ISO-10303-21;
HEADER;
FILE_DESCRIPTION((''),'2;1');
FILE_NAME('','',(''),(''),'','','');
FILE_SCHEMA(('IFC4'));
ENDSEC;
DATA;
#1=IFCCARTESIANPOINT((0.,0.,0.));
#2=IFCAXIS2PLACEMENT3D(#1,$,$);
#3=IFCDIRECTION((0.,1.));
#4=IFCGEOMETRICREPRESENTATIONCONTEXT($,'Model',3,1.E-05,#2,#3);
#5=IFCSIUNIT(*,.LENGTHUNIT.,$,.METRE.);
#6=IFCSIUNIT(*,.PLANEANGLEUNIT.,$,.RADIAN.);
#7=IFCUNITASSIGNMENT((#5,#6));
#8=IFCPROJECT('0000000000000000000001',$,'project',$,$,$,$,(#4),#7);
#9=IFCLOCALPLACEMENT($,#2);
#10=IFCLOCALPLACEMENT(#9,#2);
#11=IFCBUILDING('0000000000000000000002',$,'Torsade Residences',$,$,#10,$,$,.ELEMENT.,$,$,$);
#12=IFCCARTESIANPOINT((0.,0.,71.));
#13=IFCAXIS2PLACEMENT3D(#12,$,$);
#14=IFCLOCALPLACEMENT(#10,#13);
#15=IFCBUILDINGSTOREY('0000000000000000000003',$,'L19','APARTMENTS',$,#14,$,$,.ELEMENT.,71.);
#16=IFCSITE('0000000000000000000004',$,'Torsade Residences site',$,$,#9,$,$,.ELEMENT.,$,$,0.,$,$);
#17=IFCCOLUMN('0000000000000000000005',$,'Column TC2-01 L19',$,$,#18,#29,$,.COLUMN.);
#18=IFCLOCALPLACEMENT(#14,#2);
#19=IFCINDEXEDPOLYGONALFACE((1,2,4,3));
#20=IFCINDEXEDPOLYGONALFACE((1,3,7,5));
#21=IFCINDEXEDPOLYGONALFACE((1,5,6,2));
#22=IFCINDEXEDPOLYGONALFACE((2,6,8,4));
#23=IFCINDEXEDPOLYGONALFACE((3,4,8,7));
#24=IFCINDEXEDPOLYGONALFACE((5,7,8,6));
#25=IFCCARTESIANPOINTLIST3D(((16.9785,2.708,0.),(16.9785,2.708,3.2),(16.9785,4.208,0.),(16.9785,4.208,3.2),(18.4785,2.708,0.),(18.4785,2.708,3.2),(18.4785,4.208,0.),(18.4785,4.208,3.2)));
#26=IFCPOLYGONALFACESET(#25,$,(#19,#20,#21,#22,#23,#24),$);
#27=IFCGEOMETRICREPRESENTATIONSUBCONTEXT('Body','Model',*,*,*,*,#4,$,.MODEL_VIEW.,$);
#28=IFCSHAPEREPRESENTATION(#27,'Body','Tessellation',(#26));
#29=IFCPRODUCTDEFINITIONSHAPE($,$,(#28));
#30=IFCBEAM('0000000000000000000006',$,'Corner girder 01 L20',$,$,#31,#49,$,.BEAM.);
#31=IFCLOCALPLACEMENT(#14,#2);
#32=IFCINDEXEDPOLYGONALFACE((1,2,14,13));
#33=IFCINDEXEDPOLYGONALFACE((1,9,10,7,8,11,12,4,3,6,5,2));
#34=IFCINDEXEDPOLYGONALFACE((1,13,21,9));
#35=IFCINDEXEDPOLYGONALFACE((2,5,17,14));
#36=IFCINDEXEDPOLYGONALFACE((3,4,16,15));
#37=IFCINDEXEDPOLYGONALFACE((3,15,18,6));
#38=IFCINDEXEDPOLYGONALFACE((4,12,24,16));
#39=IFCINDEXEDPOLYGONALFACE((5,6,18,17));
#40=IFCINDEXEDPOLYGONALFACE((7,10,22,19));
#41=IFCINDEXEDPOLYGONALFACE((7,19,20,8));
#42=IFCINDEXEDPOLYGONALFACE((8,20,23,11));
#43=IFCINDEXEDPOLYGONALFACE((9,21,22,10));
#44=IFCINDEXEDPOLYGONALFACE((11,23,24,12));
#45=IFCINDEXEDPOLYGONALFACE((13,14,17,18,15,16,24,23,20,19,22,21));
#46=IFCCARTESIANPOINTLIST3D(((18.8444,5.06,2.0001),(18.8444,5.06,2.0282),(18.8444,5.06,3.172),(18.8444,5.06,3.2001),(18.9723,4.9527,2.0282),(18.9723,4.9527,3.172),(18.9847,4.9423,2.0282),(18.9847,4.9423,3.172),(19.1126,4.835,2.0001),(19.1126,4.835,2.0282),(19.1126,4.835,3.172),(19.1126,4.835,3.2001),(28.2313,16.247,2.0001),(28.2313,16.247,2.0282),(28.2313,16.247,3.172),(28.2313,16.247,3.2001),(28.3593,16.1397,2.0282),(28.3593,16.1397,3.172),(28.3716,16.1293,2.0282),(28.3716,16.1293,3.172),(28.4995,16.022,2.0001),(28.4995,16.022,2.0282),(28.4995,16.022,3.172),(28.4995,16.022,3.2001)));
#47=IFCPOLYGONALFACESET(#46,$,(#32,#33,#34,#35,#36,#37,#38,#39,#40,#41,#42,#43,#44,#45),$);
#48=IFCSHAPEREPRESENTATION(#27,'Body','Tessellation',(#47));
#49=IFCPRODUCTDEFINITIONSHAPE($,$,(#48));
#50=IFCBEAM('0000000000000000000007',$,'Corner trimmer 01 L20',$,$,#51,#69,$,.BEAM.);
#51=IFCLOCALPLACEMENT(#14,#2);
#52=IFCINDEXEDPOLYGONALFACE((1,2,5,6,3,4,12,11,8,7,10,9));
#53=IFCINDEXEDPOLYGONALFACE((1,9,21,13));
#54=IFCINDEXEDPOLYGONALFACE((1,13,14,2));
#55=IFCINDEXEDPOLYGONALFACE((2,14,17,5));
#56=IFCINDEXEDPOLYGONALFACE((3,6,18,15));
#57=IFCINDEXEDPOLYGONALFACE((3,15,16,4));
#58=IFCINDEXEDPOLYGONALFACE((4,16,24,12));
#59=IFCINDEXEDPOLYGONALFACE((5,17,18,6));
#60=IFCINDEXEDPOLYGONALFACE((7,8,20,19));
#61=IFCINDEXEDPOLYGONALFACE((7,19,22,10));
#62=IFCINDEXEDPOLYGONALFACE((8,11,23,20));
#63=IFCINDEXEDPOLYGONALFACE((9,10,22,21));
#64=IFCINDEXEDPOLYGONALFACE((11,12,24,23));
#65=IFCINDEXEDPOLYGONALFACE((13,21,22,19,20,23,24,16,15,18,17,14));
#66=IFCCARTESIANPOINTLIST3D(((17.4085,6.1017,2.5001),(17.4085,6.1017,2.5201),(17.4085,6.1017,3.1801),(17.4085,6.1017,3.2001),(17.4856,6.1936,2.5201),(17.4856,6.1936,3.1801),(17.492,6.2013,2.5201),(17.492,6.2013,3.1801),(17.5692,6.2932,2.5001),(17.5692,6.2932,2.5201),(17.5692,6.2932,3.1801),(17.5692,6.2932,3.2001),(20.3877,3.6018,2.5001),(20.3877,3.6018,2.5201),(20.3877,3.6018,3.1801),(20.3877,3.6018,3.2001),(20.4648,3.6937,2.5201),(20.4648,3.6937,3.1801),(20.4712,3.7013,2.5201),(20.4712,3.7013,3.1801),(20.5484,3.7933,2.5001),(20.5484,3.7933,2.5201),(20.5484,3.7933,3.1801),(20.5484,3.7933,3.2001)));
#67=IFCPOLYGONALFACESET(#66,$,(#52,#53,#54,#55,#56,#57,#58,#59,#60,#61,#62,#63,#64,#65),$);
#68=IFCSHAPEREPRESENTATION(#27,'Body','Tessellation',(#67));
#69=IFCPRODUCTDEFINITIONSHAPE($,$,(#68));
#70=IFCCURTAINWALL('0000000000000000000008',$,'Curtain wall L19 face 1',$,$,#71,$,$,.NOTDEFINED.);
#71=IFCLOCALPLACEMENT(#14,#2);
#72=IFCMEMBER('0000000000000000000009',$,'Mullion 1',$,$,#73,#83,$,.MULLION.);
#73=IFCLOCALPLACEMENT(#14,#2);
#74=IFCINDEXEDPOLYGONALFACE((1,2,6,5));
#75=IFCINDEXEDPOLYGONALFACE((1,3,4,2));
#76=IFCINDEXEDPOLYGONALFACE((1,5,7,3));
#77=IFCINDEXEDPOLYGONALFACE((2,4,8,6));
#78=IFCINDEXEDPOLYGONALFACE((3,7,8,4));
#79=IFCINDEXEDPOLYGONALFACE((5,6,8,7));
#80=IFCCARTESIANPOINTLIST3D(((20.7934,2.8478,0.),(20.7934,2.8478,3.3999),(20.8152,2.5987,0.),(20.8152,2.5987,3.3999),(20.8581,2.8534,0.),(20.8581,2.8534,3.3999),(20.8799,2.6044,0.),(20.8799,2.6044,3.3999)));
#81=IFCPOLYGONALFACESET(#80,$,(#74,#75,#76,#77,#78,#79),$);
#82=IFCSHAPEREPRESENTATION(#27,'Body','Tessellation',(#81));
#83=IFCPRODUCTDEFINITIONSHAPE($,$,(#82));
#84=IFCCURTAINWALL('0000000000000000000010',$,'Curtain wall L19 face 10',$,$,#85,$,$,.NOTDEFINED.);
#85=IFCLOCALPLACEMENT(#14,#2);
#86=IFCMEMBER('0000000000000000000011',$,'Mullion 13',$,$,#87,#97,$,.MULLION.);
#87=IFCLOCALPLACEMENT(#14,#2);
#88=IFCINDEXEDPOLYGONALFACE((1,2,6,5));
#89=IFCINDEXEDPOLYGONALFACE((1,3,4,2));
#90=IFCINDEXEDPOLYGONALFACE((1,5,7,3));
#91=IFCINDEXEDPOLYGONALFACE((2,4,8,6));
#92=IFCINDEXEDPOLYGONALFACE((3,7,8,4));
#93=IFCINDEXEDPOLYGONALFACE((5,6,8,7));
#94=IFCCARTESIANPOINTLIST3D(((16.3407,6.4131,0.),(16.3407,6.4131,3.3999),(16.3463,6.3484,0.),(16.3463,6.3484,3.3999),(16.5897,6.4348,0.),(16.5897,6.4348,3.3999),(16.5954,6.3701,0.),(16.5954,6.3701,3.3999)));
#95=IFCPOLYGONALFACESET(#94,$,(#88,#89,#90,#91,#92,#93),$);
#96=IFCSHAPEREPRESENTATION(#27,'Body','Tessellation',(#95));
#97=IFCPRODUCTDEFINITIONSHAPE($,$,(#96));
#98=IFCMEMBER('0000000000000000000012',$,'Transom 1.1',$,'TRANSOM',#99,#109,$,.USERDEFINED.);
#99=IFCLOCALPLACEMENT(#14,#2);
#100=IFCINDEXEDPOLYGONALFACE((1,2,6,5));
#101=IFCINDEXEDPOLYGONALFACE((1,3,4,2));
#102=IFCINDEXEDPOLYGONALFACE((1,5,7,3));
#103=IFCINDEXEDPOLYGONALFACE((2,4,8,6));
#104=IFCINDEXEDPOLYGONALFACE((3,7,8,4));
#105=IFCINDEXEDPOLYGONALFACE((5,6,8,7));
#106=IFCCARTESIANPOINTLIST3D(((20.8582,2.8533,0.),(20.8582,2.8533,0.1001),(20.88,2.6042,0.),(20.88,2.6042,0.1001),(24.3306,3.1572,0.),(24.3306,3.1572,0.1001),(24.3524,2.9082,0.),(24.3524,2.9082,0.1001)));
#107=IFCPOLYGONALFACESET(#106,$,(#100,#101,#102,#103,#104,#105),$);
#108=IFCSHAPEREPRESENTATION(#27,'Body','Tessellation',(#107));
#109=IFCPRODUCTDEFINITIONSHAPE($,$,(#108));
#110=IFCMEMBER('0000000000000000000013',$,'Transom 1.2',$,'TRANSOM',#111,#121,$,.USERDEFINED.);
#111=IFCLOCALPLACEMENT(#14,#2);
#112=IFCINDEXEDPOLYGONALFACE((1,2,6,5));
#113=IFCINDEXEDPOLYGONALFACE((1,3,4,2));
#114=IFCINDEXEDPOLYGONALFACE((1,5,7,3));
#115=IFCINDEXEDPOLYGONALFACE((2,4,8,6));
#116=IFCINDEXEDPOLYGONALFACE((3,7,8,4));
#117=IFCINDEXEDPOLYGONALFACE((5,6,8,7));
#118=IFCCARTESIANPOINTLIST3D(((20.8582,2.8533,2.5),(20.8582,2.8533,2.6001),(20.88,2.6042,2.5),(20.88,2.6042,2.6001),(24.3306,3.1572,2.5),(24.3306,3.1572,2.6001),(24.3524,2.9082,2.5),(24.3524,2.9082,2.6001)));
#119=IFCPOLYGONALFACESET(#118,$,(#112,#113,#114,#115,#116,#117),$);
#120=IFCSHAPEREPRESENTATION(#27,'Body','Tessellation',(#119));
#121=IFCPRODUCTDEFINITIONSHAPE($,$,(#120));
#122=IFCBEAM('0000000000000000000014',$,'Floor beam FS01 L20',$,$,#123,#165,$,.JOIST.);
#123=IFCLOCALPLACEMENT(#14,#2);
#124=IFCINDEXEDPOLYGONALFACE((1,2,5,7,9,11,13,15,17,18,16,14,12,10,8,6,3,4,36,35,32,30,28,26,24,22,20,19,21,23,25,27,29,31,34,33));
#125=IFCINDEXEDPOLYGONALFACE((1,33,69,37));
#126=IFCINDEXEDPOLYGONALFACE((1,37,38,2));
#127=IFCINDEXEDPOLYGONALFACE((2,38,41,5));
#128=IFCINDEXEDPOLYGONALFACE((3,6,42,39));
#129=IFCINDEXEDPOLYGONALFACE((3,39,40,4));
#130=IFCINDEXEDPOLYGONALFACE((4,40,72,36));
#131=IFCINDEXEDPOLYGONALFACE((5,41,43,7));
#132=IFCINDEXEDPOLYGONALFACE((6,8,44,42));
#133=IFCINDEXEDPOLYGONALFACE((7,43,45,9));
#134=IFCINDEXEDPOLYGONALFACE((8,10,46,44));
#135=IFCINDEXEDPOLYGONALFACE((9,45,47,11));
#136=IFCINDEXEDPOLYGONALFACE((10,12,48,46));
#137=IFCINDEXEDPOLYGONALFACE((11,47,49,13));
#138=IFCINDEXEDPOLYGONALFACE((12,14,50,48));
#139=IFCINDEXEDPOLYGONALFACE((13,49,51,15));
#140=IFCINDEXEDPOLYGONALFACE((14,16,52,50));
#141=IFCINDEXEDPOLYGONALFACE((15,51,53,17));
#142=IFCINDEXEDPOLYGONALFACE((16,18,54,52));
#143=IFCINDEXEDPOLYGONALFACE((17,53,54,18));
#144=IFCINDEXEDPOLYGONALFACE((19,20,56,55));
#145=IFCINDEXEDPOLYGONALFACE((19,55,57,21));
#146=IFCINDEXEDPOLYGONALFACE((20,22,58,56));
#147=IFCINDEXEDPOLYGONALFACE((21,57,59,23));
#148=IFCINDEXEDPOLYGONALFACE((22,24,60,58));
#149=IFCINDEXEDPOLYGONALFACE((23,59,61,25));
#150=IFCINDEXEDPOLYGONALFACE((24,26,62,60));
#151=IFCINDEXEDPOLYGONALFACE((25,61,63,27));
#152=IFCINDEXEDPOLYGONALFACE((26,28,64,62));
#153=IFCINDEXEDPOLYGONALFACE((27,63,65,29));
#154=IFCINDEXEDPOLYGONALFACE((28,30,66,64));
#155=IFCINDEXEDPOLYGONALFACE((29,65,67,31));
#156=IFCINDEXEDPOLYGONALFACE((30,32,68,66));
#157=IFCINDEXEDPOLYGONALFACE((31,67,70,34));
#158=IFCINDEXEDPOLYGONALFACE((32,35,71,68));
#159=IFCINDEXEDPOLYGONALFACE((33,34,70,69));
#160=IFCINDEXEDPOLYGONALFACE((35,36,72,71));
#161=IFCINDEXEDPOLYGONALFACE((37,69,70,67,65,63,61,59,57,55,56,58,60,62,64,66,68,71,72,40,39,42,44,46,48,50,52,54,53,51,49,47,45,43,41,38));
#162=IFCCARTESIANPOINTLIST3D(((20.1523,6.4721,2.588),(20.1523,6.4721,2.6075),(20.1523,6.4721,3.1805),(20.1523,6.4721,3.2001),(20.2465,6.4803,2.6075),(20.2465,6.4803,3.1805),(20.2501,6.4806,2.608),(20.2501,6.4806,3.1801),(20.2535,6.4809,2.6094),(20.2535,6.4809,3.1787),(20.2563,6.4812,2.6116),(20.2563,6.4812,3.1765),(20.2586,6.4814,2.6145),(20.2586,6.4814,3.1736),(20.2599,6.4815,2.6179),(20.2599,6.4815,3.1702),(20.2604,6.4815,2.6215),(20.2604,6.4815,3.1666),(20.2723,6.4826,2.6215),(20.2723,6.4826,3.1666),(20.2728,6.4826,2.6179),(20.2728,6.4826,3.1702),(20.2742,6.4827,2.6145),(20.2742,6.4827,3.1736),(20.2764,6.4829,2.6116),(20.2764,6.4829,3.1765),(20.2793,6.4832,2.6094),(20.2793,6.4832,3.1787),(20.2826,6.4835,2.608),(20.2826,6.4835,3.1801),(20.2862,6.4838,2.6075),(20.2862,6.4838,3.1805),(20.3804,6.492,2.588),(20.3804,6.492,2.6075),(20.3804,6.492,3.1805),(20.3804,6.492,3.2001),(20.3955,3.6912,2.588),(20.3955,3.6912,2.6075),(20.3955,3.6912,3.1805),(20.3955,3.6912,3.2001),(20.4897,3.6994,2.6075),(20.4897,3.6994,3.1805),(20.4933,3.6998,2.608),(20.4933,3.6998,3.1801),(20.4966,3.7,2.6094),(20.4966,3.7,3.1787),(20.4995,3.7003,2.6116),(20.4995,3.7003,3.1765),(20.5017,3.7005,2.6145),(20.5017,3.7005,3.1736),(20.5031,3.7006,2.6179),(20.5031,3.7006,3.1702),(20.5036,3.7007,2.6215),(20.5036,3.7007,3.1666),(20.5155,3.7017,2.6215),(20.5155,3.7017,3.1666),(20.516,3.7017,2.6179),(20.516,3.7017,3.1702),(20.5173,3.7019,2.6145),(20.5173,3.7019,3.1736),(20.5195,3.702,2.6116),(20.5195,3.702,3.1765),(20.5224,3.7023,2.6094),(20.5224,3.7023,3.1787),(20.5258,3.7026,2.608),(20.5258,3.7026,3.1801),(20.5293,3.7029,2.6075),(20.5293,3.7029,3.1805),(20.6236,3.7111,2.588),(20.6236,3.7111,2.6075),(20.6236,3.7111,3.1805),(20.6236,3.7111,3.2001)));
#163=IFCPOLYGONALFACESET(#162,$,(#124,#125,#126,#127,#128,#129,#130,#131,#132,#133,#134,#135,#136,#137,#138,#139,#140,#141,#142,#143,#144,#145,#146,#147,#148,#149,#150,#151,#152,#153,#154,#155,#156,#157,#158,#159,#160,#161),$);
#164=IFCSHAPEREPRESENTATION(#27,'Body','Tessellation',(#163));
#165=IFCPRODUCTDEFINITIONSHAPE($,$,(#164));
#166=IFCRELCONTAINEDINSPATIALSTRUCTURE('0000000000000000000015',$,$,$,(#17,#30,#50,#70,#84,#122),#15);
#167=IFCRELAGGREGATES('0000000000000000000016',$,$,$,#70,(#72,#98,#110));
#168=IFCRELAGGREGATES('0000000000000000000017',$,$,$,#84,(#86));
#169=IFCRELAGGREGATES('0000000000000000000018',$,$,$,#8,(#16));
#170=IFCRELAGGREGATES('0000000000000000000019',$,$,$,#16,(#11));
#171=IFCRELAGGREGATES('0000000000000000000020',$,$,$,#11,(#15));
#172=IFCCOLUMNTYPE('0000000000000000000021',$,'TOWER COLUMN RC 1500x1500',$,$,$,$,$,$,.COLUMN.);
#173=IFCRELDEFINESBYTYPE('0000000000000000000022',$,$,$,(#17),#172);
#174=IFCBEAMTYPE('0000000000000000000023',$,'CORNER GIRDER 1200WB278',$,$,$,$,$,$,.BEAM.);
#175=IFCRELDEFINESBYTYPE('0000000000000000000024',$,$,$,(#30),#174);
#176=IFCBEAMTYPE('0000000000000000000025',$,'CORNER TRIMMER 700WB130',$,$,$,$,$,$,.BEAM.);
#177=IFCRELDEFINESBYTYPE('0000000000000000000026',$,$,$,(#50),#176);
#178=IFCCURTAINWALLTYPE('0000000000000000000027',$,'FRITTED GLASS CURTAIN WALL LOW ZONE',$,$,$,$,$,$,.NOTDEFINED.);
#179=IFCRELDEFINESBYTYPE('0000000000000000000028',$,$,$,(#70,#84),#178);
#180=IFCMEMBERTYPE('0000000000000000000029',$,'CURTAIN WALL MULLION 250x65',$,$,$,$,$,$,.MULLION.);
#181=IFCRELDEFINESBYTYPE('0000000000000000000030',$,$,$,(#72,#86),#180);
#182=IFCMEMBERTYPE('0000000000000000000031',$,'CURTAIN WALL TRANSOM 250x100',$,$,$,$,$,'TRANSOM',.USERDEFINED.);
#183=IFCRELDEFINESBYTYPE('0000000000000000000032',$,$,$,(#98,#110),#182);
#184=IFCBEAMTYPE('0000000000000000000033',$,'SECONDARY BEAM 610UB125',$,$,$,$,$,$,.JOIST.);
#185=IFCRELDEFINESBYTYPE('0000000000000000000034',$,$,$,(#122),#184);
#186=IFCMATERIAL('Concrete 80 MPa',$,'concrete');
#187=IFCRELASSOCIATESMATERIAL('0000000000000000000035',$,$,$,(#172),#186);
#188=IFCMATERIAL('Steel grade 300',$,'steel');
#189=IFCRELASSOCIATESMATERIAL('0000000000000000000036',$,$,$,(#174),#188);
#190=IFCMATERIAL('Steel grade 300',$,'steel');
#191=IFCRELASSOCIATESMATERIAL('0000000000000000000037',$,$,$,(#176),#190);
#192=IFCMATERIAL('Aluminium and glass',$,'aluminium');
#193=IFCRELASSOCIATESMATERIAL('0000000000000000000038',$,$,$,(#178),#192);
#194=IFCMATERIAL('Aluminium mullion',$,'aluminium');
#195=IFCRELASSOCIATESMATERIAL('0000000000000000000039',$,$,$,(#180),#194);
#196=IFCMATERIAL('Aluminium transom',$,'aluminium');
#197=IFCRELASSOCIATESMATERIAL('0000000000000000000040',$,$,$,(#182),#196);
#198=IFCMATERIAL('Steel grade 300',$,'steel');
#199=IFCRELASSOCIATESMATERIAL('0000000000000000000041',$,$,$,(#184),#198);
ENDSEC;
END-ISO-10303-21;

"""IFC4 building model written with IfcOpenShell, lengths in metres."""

from ifc_helpers import new_model, si_unit, direction, frame, origin, origin_2d, place, context, subcontext, project, spatial, rectangle, i_section, extrude, material, material_profile, profile_set, type_object, element, aggregate, save


model = new_model("IFC4")

# Units and contexts
model_context = context("Model", 3, precision=1e-05, world=origin(), true_north=direction((0.0, 1.0)))
body_context = subcontext(model_context, "Body", "Model", "MODEL_VIEW")
ifc_project = project(units=[si_unit("LENGTHUNIT", "METRE"), si_unit("PLANEANGLEUNIT", "RADIAN")], contexts=[model_context])

# Site, building, storey
site_placement = place(None, origin())
site = spatial("IfcSite", under=ifc_project, at=site_placement, Name="Torsade Residences site", CompositionType="ELEMENT", RefElevation=0.0)
building_placement = place(site_placement, origin())
building = spatial("IfcBuilding", under=site, at=building_placement, Name="Torsade Residences", CompositionType="ELEMENT")
storey_placement = place(building_placement, frame((0.0, 0.0, 71.0)))
storey = spatial("IfcBuildingStorey", under=building, at=storey_placement, Name="L19", Description="APARTMENTS", CompositionType="ELEMENT", Elevation=71.0)

# Column
ifc_material_1 = material(Name="Concrete 80 MPa", Category="concrete")
ifc_material_profile_1 = material_profile(ifc_material_1, rectangle(XDim=1.5, YDim=1.5, at=origin_2d()), Name="RC 1500x1500")
ifc_profile_set_1 = profile_set([ifc_material_profile_1], Name="Concrete 80 MPa")
column_type = type_object("IfcColumnType", Name="TOWER COLUMN RC 1500x1500", PredefinedType="COLUMN", material=ifc_profile_set_1)
column_placement = place(storey_placement, frame((17.7285, 3.458, 0.0), z_axis=(0.0, 0.0, 1.0), x_axis=(1.0, 0.0, 0.0)))
element("IfcColumn", 1, at=column_placement, inside=storey, type_object=column_type, Name="Column TC2-01 L19", PredefinedType="COLUMN", context=body_context, shape_type="SweptSolid", body=[
    extrude(rectangle(XDim=1.5, YDim=1.5, at=origin_2d()), origin(), (0.0, 0.0, 1.0), 3.2),
])

# Beams
ifc_material_2 = material(Name="Steel grade 300", Category="steel")
ifc_material_profile_2 = material_profile(ifc_material_2, i_section(OverallWidth=0.3501, OverallDepth=1.2, WebThickness=0.0161, FlangeThickness=0.0281, at=origin_2d()), Name="1200WB278")
ifc_profile_set_2 = profile_set([ifc_material_profile_2], Name="Steel grade 300")
beam_type_1 = type_object("IfcBeamType", Name="CORNER GIRDER 1200WB278", PredefinedType="BEAM", material=ifc_profile_set_2)
beam_1_placement = place(storey_placement, frame((18.9785, 4.9475, 2.6001), z_axis=(0.642785, 0.766046, 0.0), x_axis=(-0.766046, 0.642785, 0.0)))
element("IfcBeam", 2, at=beam_1_placement, inside=storey, type_object=beam_type_1, Name="Corner girder 01 L20", PredefinedType="BEAM", context=body_context, shape_type="SweptSolid", body=[
    extrude(i_section(OverallWidth=0.3501, OverallDepth=1.2, WebThickness=0.0161, FlangeThickness=0.0281, at=origin_2d()), origin(), (0.0, 0.0, 1.0), 14.6035),
])
ifc_material_3 = material(Name="Steel grade 300", Category="steel")
ifc_material_profile_3 = material_profile(ifc_material_3, i_section(OverallWidth=0.25, OverallDepth=0.7, WebThickness=0.01, FlangeThickness=0.02, at=origin_2d()), Name="700WB130")
ifc_profile_set_3 = profile_set([ifc_material_profile_3], Name="Steel grade 300")
beam_type_2 = type_object("IfcBeamType", Name="CORNER TRIMMER 700WB130", PredefinedType="BEAM", material=ifc_profile_set_3)
beam_2_placement = place(storey_placement, frame((20.468, 3.6975, 2.8501), z_axis=(-0.76603, 0.642805, 0.0), x_axis=(-0.642805, -0.76603, 0.0)))
element("IfcBeam", 3, at=beam_2_placement, inside=storey, type_object=beam_type_2, Name="Corner trimmer 01 L20", PredefinedType="BEAM", context=body_context, shape_type="SweptSolid", body=[
    extrude(i_section(OverallWidth=0.25, OverallDepth=0.7, WebThickness=0.01, FlangeThickness=0.02, at=origin_2d()), origin(), (0.0, 0.0, 1.0), 3.8892),
])

# Curtain walls, members
ifc_material_4 = material(Name="Aluminium and glass", Category="aluminium")
curtain_wall_type = type_object("IfcCurtainWallType", Name="FRITTED GLASS CURTAIN WALL LOW ZONE", PredefinedType="NOTDEFINED", material=ifc_material_4)
curtain_wall_1_placement = place(storey_placement, origin())
curtain_wall_1 = element("IfcCurtainWall", 4, at=curtain_wall_1_placement, inside=storey, type_object=curtain_wall_type, Name="Curtain wall L19 face 1", PredefinedType="NOTDEFINED")
ifc_material_5 = material(Name="Aluminium mullion", Category="aluminium")
ifc_material_profile_4 = material_profile(ifc_material_5, rectangle(XDim=0.25, YDim=0.0649, at=origin_2d()), Name="CURTAIN WALL MULLION 250x65")
ifc_profile_set_4 = profile_set([ifc_material_profile_4], Name="Aluminium mullion")
member_type_1 = type_object("IfcMemberType", Name="CURTAIN WALL MULLION 250x65", PredefinedType="MULLION", material=ifc_profile_set_4)
member_1_placement = place(storey_placement, frame((20.8367, 2.7261, 0.0), z_axis=(0.0, 0.0, 1.0), x_axis=(-0.087156, 0.996195, 0.0)))
member_1 = element("IfcMember", 5, at=member_1_placement, type_object=member_type_1, Name="Mullion 1", PredefinedType="MULLION", context=body_context, shape_type="SweptSolid", body=[
    extrude(rectangle(XDim=0.25, YDim=0.0649, at=origin_2d()), origin(), (0.0, 0.0, 1.0), 3.3999),
])
curtain_wall_2_placement = place(storey_placement, origin())
curtain_wall_2 = element("IfcCurtainWall", 6, at=curtain_wall_2_placement, inside=storey, type_object=curtain_wall_type, Name="Curtain wall L19 face 10", PredefinedType="NOTDEFINED")
member_2_placement = place(storey_placement, frame((16.468, 6.3916, 0.0), z_axis=(0.0, 0.0, 1.0), x_axis=(0.996195, 0.087156, 0.0)))
member_2 = element("IfcMember", 7, at=member_2_placement, type_object=member_type_1, Name="Mullion 13", PredefinedType="MULLION", context=body_context, shape_type="SweptSolid", body=[
    extrude(rectangle(XDim=0.25, YDim=0.0649, at=origin_2d()), origin(), (0.0, 0.0, 1.0), 3.3999),
])

# Members
ifc_material_6 = material(Name="Aluminium transom", Category="aluminium")
ifc_material_profile_5 = material_profile(ifc_material_6, rectangle(XDim=0.25, YDim=0.1001, at=origin_2d()), Name="CURTAIN WALL TRANSOM 250x100")
ifc_profile_set_5 = profile_set([ifc_material_profile_5], Name="Aluminium transom")
member_type_2 = type_object("IfcMemberType", Name="CURTAIN WALL TRANSOM 250x100", ElementType="TRANSOM", PredefinedType="USERDEFINED", material=ifc_profile_set_5)
member_3_placement = place(storey_placement, frame((20.8691, 2.7288, 0.05), z_axis=(0.996191, 0.087201, 0.0), x_axis=(-0.087201, 0.996191, 0.0)))
member_3 = element("IfcMember", 8, at=member_3_placement, type_object=member_type_2, Name="Transom 1.1", ObjectType="TRANSOM", PredefinedType="USERDEFINED", context=body_context, shape_type="SweptSolid", body=[
    extrude(rectangle(XDim=0.25, YDim=0.1001, at=origin_2d()), origin(), (0.0, 0.0, 1.0), 3.4856),
])
member_4_placement = place(storey_placement, frame((20.8691, 2.7288, 2.55), z_axis=(0.996191, 0.087201, 0.0), x_axis=(-0.087201, 0.996191, 0.0)))
member_4 = element("IfcMember", 9, at=member_4_placement, type_object=member_type_2, Name="Transom 1.2", ObjectType="TRANSOM", PredefinedType="USERDEFINED", context=body_context, shape_type="SweptSolid", body=[
    extrude(rectangle(XDim=0.25, YDim=0.1001, at=origin_2d()), origin(), (0.0, 0.0, 1.0), 3.4856),
])
aggregate(curtain_wall_1, [member_1, member_3, member_4])

# Beam
ifc_material_7 = material(Name="Steel grade 300", Category="steel")
ifc_material_profile_6 = material_profile(ifc_material_7, i_section(OverallWidth=0.229, OverallDepth=0.6121, WebThickness=0.012, FlangeThickness=0.0195, FilletRadius=0.0139, at=origin_2d()), Name="610UB125")
ifc_profile_set_6 = profile_set([ifc_material_profile_6], Name="Steel grade 300")
beam_type_3 = type_object("IfcBeamType", Name="SECONDARY BEAM 610UB125", PredefinedType="JOIST", material=ifc_profile_set_6)
beam_3_placement = place(storey_placement, frame((20.5095, 3.7012, 2.894), z_axis=(-0.087105, 0.996199, 0.0), x_axis=(-0.996199, -0.087105, 0.0)))
element("IfcBeam", 10, at=beam_3_placement, inside=storey, type_object=beam_type_3, Name="Floor beam FS01 L20", PredefinedType="JOIST", context=body_context, shape_type="SweptSolid", body=[
    extrude(i_section(OverallWidth=0.229, OverallDepth=0.6121, WebThickness=0.012, FlangeThickness=0.0195, FilletRadius=0.0139, at=origin_2d()), origin(), (0.0, 0.0, 1.0), 2.7915),
])

aggregate(curtain_wall_2, [member_2])

save(model, "model.ifc")
